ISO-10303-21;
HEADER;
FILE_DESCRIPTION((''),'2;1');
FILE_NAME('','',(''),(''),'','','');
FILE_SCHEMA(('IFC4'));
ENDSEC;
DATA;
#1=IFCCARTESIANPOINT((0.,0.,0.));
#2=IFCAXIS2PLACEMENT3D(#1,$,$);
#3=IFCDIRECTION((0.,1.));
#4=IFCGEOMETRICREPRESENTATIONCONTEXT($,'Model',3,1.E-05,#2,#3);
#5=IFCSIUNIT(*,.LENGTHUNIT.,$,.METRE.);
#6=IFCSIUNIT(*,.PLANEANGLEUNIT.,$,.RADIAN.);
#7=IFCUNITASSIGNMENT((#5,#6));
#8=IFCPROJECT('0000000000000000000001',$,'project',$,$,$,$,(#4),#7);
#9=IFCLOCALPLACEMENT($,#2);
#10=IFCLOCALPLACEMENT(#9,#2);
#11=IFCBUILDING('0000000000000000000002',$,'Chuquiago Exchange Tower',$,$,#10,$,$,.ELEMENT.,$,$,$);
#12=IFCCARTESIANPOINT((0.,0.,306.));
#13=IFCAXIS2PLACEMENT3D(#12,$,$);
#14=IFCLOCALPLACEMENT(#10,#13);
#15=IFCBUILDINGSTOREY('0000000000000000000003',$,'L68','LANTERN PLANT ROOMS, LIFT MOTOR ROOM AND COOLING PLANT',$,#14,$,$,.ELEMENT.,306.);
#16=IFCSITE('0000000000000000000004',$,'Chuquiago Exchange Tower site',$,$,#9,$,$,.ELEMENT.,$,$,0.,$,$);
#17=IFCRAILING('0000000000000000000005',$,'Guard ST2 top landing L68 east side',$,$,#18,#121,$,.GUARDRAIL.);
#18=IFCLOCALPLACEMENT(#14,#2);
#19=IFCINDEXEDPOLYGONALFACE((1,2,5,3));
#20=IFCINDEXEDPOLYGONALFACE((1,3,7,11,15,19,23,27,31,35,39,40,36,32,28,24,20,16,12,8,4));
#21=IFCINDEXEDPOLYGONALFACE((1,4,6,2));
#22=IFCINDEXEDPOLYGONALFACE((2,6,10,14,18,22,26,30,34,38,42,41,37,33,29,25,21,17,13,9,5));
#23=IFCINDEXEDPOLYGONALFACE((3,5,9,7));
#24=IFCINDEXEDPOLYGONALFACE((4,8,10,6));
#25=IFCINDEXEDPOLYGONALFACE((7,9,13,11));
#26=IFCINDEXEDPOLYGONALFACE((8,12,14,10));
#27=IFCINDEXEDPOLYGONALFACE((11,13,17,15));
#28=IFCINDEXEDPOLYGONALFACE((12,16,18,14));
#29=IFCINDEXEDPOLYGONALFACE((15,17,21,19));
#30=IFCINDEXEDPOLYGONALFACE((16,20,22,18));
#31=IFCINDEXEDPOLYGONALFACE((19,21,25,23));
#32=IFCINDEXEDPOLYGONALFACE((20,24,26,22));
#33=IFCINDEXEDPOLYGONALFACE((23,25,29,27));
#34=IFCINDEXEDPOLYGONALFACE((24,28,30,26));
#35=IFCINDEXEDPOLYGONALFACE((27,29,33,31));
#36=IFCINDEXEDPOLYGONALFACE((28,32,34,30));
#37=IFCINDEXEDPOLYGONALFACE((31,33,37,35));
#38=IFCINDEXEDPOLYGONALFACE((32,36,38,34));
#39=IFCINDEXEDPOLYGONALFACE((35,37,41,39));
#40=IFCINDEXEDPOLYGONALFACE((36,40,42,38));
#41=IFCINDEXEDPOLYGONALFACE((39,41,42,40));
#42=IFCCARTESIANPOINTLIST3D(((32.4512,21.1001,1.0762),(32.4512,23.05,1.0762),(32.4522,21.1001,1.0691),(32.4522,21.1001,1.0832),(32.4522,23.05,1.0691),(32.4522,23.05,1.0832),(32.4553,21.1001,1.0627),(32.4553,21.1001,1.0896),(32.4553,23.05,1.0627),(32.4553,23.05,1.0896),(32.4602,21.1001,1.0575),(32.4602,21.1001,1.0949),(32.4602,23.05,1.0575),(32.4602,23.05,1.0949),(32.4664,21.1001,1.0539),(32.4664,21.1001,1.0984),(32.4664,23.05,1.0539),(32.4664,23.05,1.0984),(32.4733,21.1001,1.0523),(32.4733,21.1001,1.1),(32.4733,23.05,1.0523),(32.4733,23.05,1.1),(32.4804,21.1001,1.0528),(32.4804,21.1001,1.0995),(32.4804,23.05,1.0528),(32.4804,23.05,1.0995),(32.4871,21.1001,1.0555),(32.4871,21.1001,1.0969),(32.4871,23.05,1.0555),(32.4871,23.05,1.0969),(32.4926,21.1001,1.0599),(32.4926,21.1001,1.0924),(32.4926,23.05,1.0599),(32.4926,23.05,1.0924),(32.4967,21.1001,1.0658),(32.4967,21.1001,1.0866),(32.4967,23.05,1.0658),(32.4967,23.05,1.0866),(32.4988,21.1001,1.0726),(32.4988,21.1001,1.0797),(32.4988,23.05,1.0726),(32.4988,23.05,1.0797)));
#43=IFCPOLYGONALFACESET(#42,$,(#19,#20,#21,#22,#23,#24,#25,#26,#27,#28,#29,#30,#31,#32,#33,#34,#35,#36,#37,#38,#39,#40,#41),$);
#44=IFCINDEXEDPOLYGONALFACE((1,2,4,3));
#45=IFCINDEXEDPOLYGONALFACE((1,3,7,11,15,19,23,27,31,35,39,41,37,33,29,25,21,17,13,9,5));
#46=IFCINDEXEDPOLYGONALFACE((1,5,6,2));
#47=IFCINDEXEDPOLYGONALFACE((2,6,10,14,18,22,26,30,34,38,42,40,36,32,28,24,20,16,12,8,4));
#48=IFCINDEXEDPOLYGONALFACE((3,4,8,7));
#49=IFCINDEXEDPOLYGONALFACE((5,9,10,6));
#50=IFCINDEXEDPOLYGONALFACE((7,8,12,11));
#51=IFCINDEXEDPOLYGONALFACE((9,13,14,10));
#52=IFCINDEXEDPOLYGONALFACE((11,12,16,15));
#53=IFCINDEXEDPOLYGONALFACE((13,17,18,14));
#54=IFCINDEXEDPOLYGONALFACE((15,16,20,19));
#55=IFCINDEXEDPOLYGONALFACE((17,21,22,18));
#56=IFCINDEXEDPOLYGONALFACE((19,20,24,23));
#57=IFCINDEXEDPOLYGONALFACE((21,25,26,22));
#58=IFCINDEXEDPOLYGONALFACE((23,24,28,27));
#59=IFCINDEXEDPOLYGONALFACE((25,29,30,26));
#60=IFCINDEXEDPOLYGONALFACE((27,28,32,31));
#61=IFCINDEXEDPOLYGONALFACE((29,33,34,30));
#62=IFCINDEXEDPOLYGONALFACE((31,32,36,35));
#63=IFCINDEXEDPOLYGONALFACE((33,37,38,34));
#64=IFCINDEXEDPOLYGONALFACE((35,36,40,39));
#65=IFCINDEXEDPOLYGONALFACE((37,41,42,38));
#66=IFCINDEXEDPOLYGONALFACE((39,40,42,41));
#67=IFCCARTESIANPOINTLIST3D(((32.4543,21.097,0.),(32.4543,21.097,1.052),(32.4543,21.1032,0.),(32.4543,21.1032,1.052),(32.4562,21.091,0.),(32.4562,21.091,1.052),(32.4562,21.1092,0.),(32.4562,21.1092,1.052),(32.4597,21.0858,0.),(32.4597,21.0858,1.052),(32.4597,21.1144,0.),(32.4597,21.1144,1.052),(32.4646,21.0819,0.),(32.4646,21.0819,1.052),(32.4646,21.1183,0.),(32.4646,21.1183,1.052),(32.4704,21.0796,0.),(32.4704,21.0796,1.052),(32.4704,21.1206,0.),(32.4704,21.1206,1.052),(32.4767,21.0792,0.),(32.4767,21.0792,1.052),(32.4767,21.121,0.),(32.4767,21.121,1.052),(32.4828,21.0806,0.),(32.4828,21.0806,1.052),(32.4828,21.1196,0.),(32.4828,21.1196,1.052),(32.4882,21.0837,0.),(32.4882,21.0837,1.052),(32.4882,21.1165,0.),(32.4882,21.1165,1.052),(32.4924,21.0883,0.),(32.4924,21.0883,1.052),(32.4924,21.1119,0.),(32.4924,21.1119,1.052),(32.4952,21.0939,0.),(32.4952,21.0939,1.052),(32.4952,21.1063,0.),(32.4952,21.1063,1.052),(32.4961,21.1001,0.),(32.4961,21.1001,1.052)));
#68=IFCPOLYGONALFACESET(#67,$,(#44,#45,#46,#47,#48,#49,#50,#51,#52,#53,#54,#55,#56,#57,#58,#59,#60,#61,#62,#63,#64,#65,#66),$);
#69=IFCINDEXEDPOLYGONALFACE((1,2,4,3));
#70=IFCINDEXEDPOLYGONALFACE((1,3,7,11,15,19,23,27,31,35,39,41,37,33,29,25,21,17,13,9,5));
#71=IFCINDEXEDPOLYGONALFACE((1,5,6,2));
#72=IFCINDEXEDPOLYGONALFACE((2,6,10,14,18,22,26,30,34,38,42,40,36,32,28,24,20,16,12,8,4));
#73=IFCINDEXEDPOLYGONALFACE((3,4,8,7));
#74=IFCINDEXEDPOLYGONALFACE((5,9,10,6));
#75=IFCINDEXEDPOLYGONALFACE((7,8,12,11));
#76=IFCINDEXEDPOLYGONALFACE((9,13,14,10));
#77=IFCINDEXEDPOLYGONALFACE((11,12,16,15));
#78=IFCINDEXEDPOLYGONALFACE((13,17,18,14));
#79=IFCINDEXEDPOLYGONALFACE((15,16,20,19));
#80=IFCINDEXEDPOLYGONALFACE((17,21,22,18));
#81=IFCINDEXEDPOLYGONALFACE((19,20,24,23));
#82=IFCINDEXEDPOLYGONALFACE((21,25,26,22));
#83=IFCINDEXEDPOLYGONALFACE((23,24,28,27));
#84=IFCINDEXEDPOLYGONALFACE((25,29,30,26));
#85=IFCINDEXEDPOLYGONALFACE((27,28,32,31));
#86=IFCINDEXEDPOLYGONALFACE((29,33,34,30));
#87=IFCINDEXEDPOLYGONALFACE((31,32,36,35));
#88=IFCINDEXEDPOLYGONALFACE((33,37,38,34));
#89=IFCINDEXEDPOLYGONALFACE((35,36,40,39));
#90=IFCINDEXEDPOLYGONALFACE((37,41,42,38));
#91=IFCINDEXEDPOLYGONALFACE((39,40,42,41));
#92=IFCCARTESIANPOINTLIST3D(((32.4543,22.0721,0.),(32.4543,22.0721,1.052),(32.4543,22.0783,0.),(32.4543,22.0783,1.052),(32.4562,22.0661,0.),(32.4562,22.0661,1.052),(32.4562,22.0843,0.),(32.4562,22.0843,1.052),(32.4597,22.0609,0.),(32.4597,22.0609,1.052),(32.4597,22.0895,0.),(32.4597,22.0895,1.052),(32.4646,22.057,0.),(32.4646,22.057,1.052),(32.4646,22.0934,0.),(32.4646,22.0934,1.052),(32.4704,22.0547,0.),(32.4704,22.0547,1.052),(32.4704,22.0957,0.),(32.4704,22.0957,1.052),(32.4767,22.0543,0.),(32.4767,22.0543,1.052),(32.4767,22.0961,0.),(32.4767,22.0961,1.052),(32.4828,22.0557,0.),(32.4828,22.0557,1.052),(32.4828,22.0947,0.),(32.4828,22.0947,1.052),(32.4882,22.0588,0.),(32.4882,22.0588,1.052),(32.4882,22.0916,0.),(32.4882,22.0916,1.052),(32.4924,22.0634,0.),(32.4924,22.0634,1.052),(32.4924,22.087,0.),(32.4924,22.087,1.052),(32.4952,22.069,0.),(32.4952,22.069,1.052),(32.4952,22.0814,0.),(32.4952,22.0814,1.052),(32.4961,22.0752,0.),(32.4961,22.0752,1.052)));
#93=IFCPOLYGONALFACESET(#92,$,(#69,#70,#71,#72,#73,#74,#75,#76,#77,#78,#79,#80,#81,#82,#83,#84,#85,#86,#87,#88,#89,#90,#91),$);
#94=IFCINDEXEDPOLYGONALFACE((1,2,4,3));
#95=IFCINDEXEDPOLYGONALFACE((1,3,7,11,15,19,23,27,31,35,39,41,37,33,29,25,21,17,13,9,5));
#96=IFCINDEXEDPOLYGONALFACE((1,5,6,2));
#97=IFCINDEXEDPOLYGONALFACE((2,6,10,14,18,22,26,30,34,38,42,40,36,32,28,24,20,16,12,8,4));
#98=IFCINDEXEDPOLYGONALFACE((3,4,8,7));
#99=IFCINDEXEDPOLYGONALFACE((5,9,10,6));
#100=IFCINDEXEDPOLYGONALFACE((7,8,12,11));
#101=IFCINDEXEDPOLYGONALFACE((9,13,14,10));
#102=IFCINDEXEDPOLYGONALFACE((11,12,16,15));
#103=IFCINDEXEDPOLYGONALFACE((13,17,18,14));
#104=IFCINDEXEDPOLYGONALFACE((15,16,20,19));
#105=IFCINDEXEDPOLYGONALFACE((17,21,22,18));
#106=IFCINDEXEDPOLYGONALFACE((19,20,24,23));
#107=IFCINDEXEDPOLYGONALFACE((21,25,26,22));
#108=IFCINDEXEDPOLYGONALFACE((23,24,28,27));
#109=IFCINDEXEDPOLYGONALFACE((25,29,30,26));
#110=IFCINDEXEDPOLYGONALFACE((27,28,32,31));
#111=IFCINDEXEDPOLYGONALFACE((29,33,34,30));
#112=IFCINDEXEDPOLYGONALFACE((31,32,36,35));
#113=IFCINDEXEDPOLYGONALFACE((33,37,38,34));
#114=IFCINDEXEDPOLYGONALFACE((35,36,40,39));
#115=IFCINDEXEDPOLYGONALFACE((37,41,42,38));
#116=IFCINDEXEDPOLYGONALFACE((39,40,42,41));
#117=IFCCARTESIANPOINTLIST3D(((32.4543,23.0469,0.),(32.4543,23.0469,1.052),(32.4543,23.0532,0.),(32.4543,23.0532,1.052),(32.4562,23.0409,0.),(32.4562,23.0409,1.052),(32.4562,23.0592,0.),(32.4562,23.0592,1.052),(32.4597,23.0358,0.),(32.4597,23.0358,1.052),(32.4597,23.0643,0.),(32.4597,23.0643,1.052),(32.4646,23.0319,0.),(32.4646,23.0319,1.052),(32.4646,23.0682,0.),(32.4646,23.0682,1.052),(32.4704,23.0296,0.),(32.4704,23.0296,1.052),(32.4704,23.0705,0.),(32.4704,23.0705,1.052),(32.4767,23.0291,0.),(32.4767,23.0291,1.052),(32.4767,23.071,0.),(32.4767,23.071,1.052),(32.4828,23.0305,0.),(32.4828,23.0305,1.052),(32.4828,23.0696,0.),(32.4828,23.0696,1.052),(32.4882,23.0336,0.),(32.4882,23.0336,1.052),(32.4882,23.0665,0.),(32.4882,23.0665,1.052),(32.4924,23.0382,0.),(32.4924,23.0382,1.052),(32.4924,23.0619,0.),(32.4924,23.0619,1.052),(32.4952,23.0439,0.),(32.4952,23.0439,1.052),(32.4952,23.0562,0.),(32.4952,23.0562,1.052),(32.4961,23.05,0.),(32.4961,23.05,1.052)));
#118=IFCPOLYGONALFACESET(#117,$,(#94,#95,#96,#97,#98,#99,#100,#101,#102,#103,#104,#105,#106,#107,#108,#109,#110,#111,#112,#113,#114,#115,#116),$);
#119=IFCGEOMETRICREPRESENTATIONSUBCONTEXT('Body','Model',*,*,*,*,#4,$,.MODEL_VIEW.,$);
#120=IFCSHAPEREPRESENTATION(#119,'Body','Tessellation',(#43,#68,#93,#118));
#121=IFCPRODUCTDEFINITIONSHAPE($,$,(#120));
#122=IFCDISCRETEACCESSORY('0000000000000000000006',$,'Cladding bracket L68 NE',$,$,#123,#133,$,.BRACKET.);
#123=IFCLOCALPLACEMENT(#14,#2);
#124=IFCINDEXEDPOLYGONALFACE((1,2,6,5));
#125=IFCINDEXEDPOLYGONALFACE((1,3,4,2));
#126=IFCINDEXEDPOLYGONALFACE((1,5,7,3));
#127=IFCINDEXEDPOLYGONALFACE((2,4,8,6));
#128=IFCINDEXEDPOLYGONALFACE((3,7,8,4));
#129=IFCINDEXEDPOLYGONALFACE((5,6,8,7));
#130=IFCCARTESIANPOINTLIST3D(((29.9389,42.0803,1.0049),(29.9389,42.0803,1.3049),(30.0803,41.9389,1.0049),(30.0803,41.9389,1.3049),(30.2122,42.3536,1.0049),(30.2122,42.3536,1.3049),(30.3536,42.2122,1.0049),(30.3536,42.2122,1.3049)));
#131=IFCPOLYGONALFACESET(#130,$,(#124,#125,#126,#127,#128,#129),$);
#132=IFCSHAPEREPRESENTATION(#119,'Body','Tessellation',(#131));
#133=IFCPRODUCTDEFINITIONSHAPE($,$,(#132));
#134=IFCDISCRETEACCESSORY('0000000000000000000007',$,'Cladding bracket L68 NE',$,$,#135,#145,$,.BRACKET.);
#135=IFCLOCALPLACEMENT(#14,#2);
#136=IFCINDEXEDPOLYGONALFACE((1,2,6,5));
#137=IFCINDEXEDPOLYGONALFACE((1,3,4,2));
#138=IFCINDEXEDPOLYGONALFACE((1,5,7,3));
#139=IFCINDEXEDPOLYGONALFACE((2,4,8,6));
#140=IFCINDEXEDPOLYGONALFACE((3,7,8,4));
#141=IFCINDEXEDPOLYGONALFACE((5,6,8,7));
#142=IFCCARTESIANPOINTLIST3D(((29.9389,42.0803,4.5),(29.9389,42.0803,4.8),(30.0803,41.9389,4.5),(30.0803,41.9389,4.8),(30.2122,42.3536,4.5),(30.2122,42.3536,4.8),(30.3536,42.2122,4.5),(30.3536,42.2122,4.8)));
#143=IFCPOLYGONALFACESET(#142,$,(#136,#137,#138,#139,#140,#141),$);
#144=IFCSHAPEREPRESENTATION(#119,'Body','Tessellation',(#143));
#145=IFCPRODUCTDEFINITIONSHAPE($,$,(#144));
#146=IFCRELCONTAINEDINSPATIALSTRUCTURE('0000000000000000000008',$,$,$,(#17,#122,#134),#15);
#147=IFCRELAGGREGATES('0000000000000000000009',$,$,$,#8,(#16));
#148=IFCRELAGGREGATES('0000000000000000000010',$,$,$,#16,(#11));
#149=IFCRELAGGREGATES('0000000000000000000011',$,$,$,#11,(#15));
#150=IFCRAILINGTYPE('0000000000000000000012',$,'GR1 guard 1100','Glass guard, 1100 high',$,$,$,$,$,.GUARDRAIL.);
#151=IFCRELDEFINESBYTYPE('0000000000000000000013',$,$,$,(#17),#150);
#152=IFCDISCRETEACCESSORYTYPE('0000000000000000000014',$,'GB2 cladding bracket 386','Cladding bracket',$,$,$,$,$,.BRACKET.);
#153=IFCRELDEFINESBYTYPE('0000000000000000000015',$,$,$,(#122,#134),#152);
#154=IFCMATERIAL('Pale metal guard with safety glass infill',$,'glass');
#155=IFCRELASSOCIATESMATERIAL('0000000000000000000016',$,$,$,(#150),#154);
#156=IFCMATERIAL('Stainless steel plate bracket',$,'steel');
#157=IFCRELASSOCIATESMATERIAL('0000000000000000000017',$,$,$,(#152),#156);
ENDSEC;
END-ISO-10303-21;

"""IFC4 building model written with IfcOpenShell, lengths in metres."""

from ifc_helpers import new_model, si_unit, direction, frame, origin, origin_2d, place, context, subcontext, project, spatial, rectangle, circle, extrude, material, type_object, element, save


model = new_model("IFC4")

# Units and contexts
model_context = context("Model", 3, precision=1e-05, world=origin(), true_north=direction((0.0, 1.0)))
body_context = subcontext(model_context, "Body", "Model", "MODEL_VIEW")
ifc_project = project(units=[si_unit("LENGTHUNIT", "METRE"), si_unit("PLANEANGLEUNIT", "RADIAN")], contexts=[model_context])

# Site, building, storey
site_placement = place(None, origin())
site = spatial("IfcSite", under=ifc_project, at=site_placement, Name="Chuquiago Exchange Tower site", CompositionType="ELEMENT", RefElevation=0.0)
building_placement = place(site_placement, origin())
building = spatial("IfcBuilding", under=site, at=building_placement, Name="Chuquiago Exchange Tower", CompositionType="ELEMENT")
storey_placement = place(building_placement, frame((0.0, 0.0, 306.0)))
storey = spatial("IfcBuildingStorey", under=building, at=storey_placement, Name="L68", Description="LANTERN PLANT ROOMS, LIFT MOTOR ROOM AND COOLING PLANT", CompositionType="ELEMENT", Elevation=306.0)

# Railing
ifc_material_1 = material(Name="Pale metal guard with safety glass infill", Category="glass")
railing_type = type_object("IfcRailingType", Name="GR1 guard 1100", Description="Glass guard, 1100 high", PredefinedType="GUARDRAIL", material=ifc_material_1)
railing_1_placement = place(storey_placement, frame((32.4751, 21.1001, 0.0)))
element("IfcRailing", 1, at=railing_1_placement, inside=storey, type_object=railing_type, Name="Guard ST2 top landing L68 east side", PredefinedType="GUARDRAIL", context=body_context, shape_type="SweptSolid", body=[
    extrude(circle(Radius=0.0239, at=origin_2d()), frame((0.0, 0.0, 1.0762), z_axis=(0.0, 1.0, 0.0), x_axis=(-1.0, 0.0, 0.0)), (0.0, 0.0, 1.0), 1.95),
    extrude(circle(Radius=0.021, at=origin_2d()), origin(), (0.0, 0.0, 1.0), 1.052),
    extrude(circle(Radius=0.021, at=origin_2d()), frame((0.0, 0.9751, 0.0)), (0.0, 0.0, 1.0), 1.052),
    extrude(circle(Radius=0.021, at=origin_2d()), frame((0.0, 1.95, 0.0)), (0.0, 0.0, 1.0), 1.052),
])

# Discrete accessories
ifc_material_2 = material(Name="Stainless steel plate bracket", Category="steel")
discrete_accessory_type = type_object("IfcDiscreteAccessoryType", Name="GB2 cladding bracket 386", Description="Cladding bracket", PredefinedType="BRACKET", material=ifc_material_2)
for number, where, z_axis, x_axis, name in (
    (2, (30.1462, 42.1462, 1.0049), (0.0, 0.0, 1.0), (-0.707107, 0.707107, 0.0), "Cladding bracket L68 NE"),
    (3, (30.1462, 42.1462, 4.5), (0.0, 0.0, 1.0), (-0.707107, 0.707107, 0.0), "Cladding bracket L68 NE"),
):
    element("IfcDiscreteAccessory", number, at=place(storey_placement, frame(where, z_axis=z_axis, x_axis=x_axis)), inside=storey, type_object=discrete_accessory_type, Name=name, PredefinedType="BRACKET", context=body_context, shape_type="SweptSolid", body=[
        extrude(rectangle(XDim=0.2, YDim=0.3865, at=origin_2d()), origin(), (0.0, 0.0, 1.0), 0.3),
    ])

save(model, "model.ifc")
